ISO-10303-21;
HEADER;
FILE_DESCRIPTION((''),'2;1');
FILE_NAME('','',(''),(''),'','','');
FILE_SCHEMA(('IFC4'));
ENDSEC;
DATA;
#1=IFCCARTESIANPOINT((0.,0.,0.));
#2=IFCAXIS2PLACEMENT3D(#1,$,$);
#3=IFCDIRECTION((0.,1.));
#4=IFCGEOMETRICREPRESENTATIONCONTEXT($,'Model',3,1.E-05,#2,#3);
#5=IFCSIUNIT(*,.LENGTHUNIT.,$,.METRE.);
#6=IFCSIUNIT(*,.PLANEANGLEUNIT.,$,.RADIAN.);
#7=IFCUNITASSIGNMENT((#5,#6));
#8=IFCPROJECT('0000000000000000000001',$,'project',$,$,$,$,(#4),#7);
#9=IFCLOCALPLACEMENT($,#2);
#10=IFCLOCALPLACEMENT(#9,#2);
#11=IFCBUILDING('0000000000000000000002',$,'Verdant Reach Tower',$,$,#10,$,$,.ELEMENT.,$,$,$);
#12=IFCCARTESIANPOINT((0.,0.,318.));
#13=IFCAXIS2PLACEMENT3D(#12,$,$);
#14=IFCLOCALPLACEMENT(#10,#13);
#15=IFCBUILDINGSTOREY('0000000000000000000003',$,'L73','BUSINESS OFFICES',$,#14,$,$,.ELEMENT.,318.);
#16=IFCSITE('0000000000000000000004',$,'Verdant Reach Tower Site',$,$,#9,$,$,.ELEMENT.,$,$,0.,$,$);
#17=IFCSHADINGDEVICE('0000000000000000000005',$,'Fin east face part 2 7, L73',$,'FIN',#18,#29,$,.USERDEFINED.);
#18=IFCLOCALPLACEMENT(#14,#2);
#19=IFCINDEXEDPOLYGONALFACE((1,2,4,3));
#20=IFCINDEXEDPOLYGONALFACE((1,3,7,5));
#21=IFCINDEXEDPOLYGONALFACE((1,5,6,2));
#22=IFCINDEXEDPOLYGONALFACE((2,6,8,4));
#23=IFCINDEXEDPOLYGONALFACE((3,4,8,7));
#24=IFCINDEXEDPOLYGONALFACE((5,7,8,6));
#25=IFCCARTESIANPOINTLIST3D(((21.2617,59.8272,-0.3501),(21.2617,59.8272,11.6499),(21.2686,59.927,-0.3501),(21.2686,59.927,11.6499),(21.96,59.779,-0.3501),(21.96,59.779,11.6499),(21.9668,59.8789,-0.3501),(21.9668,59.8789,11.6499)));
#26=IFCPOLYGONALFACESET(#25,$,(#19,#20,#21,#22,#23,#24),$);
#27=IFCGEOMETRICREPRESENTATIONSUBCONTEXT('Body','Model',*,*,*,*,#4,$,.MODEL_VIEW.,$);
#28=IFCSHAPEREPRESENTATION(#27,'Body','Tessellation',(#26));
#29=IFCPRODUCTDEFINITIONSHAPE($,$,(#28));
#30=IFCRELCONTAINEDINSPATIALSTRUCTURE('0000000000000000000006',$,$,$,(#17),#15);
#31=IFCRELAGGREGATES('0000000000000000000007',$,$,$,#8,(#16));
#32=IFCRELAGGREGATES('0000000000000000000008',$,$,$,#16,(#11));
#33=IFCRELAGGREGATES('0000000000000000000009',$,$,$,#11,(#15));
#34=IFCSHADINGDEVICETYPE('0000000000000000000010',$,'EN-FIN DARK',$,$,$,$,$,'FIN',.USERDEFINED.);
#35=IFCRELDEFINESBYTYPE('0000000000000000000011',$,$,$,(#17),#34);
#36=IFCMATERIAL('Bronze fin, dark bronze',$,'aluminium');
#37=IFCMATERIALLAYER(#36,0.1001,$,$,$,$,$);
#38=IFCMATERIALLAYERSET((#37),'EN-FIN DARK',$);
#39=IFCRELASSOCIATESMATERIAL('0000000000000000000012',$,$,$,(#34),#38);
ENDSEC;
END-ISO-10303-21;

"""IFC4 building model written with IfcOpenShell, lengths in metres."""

from ifc_helpers import new_model, si_unit, direction, frame, origin, origin_2d, place, context, subcontext, project, spatial, rectangle, extrude, material, layer, layer_set, type_object, element, save


model = new_model("IFC4")

# Units and contexts
model_context = context("Model", 3, precision=1e-05, world=origin(), true_north=direction((0.0, 1.0)))
body_context = subcontext(model_context, "Body", "Model", "MODEL_VIEW")
ifc_project = project(units=[si_unit("LENGTHUNIT", "METRE"), si_unit("PLANEANGLEUNIT", "RADIAN")], contexts=[model_context])

# Site, building, storey
site_placement = place(None, origin())
site = spatial("IfcSite", under=ifc_project, at=site_placement, Name="Verdant Reach Tower Site", CompositionType="ELEMENT", RefElevation=0.0)
building_placement = place(site_placement, origin())
building = spatial("IfcBuilding", under=site, at=building_placement, Name="Verdant Reach Tower", CompositionType="ELEMENT")
storey_placement = place(building_placement, frame((0.0, 0.0, 318.0)))
storey = spatial("IfcBuildingStorey", under=building, at=storey_placement, Name="L73", Description="BUSINESS OFFICES", CompositionType="ELEMENT", Elevation=318.0)

# Shading device
ifc_material_1 = material(Name="Bronze fin, dark bronze", Category="aluminium")
ifc_layer_1 = layer(ifc_material_1, 0.1001)
ifc_layer_set_1 = layer_set([ifc_layer_1], Name="EN-FIN DARK")
shading_device_type_1 = type_object("IfcShadingDeviceType", Name="EN-FIN DARK", ElementType="FIN", PredefinedType="USERDEFINED", material=ifc_layer_set_1)
shading_device_placement = place(storey_placement, frame((21.6143, 59.853, -0.3501), z_axis=(0.0, 0.0, 1.0), x_axis=(0.068802, 0.99763, 0.0)))
element("IfcShadingDevice", 1, at=shading_device_placement, inside=storey, type_object=shading_device_type_1, Name="Fin east face part 2 7, L73", ObjectType="FIN", PredefinedType="USERDEFINED", context=body_context, shape_type="SweptSolid", body=[
    extrude(rectangle(XDim=0.1001, YDim=0.7, at=origin_2d()), origin(), (0.0, 0.0, 1.0), 12.0),
])

save(model, "model.ifc")
